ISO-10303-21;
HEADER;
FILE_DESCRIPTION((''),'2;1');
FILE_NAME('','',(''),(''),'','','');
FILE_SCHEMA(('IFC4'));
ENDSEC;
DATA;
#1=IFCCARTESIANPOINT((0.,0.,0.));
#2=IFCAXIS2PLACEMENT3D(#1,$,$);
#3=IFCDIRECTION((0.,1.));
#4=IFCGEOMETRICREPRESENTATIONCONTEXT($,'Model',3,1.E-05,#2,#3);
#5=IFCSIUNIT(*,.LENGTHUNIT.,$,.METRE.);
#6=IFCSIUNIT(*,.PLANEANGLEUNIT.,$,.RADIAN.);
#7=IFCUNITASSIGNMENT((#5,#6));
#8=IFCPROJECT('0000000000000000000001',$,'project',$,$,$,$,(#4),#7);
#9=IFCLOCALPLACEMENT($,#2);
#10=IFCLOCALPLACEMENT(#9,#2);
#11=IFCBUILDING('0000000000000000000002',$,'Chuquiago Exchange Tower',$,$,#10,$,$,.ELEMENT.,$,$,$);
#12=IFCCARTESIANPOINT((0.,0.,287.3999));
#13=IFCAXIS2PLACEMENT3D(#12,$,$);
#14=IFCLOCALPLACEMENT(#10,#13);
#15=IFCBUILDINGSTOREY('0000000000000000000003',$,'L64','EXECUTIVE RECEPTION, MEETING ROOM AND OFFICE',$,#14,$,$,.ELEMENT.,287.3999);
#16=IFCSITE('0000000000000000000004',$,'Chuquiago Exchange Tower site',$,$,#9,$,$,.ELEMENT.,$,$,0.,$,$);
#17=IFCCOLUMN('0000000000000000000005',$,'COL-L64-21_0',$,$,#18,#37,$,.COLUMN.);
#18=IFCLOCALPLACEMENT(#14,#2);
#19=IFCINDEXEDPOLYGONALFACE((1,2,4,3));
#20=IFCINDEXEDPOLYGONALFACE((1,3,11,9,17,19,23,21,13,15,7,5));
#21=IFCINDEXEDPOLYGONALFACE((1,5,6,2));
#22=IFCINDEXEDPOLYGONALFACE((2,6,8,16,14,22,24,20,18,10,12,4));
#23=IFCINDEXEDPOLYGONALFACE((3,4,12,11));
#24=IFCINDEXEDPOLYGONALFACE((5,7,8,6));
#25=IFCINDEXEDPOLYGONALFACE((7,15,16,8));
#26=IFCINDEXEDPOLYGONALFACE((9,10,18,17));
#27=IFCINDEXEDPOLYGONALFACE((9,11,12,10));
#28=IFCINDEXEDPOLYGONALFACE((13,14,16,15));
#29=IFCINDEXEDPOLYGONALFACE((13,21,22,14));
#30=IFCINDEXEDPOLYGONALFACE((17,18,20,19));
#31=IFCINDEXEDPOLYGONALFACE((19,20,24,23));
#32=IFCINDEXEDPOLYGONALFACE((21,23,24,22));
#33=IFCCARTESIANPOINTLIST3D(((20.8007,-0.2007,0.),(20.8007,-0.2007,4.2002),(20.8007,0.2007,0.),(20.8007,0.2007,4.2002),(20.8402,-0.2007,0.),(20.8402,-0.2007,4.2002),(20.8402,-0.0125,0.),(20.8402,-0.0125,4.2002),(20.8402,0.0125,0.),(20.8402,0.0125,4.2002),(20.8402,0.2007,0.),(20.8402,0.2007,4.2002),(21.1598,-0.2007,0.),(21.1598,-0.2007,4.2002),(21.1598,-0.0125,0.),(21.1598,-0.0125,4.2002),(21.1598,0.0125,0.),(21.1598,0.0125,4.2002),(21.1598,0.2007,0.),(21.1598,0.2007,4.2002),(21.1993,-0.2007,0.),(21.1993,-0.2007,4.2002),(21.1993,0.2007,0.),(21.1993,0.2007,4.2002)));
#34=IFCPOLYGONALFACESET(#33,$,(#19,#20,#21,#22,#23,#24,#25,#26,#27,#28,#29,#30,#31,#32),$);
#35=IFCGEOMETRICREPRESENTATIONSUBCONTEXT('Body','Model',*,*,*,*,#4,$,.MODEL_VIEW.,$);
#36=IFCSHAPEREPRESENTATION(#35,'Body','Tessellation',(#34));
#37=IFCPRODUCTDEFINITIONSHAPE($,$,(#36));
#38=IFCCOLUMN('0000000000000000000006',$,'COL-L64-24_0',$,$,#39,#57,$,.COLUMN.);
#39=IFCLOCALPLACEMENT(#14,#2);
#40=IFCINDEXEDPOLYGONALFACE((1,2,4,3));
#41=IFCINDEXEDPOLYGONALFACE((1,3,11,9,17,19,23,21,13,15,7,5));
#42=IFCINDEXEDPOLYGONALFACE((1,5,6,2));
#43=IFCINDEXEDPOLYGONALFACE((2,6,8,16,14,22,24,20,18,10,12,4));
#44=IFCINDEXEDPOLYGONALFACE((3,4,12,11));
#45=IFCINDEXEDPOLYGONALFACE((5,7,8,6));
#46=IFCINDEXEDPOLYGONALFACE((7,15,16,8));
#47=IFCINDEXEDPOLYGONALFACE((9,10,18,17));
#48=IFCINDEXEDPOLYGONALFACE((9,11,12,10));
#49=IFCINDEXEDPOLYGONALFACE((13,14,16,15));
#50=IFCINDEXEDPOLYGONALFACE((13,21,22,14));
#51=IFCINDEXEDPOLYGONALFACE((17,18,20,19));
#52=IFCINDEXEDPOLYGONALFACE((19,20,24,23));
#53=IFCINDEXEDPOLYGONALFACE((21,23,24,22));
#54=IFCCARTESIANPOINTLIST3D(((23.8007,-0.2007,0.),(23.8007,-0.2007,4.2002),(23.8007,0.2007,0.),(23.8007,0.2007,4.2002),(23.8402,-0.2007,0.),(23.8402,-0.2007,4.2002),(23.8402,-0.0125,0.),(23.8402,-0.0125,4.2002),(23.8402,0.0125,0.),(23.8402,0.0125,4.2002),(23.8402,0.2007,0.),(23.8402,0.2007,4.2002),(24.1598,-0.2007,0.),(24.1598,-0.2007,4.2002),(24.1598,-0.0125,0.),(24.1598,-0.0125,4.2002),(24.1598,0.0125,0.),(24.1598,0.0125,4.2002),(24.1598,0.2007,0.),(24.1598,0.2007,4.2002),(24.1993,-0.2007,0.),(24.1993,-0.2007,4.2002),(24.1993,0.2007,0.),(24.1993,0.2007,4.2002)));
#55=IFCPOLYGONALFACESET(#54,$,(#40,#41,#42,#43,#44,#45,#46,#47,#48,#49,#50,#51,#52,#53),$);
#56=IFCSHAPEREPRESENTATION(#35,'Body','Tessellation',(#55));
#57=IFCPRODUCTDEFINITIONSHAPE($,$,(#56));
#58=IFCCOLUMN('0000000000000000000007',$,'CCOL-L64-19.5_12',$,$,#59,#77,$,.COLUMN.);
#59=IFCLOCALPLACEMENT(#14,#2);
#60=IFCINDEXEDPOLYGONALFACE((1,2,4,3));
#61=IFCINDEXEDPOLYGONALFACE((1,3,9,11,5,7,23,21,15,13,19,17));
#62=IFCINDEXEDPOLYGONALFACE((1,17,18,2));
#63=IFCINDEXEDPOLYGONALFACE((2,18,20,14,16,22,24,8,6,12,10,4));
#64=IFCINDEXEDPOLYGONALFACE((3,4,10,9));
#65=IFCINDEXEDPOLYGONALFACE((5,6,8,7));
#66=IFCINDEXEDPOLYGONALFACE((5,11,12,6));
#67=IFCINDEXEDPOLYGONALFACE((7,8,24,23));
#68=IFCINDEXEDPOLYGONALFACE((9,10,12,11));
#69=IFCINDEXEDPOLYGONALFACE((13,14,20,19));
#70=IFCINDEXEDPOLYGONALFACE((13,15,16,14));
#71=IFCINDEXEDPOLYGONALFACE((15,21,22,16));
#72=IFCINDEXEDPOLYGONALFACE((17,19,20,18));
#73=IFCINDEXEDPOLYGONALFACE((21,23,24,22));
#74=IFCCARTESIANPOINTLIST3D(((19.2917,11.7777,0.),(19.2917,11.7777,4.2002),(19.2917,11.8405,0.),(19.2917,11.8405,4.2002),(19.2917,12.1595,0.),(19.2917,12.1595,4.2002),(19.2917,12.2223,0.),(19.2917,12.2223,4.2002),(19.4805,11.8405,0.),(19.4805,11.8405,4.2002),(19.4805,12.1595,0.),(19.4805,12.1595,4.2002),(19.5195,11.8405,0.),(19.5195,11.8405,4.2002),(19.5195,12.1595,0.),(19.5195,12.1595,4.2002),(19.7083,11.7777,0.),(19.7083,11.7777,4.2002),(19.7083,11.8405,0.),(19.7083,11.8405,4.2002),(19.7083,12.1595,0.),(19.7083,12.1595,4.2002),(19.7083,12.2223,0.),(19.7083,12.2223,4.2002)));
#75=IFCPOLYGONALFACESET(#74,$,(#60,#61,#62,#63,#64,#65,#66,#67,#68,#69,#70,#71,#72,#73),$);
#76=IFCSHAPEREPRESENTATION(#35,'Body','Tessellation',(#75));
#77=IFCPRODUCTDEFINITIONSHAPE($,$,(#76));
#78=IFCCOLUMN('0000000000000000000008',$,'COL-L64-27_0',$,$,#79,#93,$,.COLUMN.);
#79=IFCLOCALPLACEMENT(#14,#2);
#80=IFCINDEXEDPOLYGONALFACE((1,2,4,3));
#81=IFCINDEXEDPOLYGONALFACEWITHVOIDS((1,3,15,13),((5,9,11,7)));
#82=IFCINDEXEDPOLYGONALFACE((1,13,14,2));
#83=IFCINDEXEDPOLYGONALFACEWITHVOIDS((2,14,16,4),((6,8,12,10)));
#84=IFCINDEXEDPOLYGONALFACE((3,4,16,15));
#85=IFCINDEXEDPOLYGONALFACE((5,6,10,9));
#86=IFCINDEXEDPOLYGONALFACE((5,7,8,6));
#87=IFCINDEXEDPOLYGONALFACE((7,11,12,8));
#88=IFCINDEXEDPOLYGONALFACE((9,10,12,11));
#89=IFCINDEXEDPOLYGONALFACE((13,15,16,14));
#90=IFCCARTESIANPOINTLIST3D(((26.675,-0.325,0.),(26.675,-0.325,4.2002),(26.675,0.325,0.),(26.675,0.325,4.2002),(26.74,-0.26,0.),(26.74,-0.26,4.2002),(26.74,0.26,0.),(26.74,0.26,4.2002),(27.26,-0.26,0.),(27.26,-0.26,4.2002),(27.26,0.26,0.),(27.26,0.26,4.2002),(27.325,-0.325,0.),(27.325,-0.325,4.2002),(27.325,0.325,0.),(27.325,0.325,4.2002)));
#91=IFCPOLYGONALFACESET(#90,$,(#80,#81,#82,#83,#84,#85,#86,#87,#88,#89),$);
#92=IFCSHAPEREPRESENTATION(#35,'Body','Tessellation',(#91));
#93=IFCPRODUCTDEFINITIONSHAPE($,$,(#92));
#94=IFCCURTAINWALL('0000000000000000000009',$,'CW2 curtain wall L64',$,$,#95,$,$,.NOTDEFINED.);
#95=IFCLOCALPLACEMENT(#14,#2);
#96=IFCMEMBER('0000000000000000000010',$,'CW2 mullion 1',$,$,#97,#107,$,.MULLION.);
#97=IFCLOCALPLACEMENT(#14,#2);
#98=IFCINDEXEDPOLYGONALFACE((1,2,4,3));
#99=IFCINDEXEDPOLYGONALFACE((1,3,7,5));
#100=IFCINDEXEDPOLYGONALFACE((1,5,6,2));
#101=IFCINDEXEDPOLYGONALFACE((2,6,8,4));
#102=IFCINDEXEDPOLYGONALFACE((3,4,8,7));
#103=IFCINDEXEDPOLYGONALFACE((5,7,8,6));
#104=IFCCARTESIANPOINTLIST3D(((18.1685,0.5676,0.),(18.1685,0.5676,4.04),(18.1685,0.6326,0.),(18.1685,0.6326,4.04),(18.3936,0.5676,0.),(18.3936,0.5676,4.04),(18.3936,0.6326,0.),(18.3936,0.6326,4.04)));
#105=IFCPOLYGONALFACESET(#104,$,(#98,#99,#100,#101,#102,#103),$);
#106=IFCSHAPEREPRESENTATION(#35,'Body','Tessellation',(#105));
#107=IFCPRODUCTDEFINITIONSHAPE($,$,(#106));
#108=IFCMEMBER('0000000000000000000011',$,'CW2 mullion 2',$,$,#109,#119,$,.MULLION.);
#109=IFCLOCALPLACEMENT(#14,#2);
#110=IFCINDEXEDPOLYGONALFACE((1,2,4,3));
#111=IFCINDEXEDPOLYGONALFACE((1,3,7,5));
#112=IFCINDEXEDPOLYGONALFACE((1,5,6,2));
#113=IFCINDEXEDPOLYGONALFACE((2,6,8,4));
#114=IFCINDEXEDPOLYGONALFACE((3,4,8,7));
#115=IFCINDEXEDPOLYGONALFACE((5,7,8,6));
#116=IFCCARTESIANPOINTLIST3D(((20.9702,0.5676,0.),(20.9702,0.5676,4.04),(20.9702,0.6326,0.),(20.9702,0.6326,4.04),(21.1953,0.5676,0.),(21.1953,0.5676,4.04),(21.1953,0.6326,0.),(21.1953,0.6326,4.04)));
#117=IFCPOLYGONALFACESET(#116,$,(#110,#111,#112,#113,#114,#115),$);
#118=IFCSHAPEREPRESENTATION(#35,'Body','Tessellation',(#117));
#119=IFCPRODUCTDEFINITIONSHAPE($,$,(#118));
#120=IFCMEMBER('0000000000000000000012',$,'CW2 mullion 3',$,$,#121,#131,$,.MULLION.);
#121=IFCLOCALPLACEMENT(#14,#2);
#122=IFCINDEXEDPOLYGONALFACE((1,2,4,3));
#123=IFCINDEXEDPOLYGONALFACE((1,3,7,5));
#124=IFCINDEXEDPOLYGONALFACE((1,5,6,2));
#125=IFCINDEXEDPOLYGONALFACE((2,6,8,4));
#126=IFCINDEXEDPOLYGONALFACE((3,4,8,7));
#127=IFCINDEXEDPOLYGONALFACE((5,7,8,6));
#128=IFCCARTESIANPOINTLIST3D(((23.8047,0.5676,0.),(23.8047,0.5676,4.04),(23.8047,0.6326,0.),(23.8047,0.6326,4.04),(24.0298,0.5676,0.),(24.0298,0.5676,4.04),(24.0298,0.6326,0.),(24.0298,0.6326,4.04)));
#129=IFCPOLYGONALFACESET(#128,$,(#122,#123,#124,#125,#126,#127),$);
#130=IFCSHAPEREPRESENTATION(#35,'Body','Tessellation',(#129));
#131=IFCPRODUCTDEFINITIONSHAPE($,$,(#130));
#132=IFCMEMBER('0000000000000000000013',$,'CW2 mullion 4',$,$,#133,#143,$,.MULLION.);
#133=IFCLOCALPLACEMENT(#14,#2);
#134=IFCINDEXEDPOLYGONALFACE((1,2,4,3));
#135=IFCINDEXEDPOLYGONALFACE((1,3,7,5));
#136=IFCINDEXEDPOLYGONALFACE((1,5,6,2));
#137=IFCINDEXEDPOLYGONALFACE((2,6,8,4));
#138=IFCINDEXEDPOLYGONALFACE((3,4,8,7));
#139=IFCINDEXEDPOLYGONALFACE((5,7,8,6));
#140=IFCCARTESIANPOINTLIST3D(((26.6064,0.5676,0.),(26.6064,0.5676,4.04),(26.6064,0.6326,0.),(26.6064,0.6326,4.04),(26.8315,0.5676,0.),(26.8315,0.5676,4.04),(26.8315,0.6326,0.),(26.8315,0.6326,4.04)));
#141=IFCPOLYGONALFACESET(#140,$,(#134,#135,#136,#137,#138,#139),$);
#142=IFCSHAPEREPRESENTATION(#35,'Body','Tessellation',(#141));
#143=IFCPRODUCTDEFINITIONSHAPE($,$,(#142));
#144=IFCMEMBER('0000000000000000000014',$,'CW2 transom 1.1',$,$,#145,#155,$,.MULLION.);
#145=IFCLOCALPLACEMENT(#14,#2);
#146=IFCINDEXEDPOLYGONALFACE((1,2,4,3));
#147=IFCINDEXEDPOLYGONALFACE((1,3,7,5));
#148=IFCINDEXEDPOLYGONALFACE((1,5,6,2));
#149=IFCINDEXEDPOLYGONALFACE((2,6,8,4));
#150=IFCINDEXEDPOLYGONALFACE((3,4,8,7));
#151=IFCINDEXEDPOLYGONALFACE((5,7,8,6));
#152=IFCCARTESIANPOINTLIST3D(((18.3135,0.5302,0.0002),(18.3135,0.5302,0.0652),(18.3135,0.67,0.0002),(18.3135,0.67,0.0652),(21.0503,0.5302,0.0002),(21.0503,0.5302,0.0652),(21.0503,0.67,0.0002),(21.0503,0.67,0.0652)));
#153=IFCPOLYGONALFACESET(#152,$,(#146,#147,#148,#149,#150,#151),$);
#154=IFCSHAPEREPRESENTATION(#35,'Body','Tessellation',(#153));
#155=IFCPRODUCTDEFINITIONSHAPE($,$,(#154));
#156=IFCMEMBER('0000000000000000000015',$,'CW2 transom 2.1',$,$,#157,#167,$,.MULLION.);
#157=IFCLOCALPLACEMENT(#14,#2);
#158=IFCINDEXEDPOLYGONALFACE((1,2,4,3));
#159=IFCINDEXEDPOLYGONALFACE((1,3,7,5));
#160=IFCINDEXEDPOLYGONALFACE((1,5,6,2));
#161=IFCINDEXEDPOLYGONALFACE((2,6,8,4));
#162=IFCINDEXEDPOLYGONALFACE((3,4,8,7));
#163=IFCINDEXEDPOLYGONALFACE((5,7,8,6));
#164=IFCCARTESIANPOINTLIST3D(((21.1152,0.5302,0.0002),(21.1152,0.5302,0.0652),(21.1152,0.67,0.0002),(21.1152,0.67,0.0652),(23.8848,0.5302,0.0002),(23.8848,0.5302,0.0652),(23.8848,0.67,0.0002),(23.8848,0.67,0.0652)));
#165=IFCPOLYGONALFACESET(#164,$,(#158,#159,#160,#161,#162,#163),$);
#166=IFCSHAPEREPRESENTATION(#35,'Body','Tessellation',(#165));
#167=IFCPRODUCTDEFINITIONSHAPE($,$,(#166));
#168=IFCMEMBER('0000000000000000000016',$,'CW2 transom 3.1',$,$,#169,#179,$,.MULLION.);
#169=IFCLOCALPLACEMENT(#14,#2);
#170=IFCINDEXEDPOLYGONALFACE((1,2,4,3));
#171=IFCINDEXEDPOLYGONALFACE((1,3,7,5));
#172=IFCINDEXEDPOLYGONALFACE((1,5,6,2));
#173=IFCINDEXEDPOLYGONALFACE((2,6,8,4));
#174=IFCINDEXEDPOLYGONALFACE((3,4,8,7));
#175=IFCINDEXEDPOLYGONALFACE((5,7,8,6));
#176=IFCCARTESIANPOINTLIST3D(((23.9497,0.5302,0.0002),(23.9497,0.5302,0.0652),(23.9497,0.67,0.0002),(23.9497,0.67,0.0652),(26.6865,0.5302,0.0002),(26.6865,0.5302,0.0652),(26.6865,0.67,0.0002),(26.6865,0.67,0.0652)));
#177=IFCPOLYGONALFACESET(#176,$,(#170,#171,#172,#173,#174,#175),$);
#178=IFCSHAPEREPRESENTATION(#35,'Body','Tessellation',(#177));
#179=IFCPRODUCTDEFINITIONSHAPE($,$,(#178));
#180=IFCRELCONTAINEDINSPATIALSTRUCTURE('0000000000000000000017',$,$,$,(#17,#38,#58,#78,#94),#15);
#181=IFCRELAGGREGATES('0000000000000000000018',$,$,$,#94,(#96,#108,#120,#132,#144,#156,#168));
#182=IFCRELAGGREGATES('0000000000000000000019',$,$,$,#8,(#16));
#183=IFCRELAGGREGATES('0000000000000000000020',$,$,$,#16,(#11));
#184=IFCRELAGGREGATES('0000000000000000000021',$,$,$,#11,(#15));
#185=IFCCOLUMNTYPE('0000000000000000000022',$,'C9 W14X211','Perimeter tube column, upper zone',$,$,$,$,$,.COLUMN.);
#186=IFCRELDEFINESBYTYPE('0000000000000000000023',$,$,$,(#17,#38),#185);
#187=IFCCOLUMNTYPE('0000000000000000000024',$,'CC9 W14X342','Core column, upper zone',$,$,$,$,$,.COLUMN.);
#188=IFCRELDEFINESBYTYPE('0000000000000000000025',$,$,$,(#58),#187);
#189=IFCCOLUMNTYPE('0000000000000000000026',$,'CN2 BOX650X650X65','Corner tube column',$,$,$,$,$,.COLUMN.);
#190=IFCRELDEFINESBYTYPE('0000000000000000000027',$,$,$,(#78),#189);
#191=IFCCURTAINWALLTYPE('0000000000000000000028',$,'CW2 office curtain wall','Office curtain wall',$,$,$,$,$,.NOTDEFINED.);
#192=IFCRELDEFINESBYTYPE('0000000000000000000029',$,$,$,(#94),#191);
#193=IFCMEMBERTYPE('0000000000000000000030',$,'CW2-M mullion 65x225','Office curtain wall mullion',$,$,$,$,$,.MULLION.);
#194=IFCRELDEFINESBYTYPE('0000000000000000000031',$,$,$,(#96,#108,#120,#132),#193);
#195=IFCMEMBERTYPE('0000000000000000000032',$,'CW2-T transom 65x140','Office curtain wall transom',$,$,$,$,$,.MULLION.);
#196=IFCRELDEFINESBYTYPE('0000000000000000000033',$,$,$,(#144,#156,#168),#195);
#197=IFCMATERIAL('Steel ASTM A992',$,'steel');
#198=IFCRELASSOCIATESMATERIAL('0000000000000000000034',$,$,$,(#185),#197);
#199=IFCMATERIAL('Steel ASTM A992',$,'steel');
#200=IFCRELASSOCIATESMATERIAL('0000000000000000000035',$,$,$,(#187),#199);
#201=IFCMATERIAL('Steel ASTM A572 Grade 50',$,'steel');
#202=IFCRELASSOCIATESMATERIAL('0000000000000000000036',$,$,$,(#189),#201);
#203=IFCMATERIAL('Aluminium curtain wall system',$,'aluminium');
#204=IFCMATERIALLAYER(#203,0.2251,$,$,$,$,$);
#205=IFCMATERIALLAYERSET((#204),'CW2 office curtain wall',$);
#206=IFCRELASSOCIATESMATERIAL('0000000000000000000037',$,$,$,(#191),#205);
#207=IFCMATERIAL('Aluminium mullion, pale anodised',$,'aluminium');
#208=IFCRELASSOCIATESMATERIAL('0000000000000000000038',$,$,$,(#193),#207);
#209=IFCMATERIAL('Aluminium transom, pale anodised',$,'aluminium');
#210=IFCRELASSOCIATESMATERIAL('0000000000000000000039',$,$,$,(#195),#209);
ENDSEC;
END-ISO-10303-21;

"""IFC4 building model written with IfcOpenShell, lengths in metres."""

from ifc_helpers import new_model, si_unit, direction, frame, origin, origin_2d, place, context, subcontext, project, spatial, rectangle, hollow_rectangle, i_section, extrude, material, layer, layer_set, material_profile, profile_set, type_object, element, aggregate, save


model = new_model("IFC4")

# Units and contexts
model_context = context("Model", 3, precision=1e-05, world=origin(), true_north=direction((0.0, 1.0)))
body_context = subcontext(model_context, "Body", "Model", "MODEL_VIEW")
ifc_project = project(units=[si_unit("LENGTHUNIT", "METRE"), si_unit("PLANEANGLEUNIT", "RADIAN")], contexts=[model_context])

# Site, building, storey
site_placement = place(None, origin())
site = spatial("IfcSite", under=ifc_project, at=site_placement, Name="Chuquiago Exchange Tower site", CompositionType="ELEMENT", RefElevation=0.0)
building_placement = place(site_placement, origin())
building = spatial("IfcBuilding", under=site, at=building_placement, Name="Chuquiago Exchange Tower", CompositionType="ELEMENT")
storey_placement = place(building_placement, frame((0.0, 0.0, 287.3999)))
storey = spatial("IfcBuildingStorey", under=building, at=storey_placement, Name="L64", Description="EXECUTIVE RECEPTION, MEETING ROOM AND OFFICE", CompositionType="ELEMENT", Elevation=287.3999)

# Columns
ifc_material_1 = material(Name="Steel ASTM A992", Category="steel")
ifc_material_profile_1 = material_profile(ifc_material_1, i_section(OverallWidth=0.4014, OverallDepth=0.3987, WebThickness=0.0249, FlangeThickness=0.0396, at=origin_2d()), Name="W14X211")
ifc_profile_set_1 = profile_set([ifc_material_profile_1], Name="Steel ASTM A992")
column_type_1 = type_object("IfcColumnType", Name="C9 W14X211", Description="Perimeter tube column, upper zone", PredefinedType="COLUMN", material=ifc_profile_set_1)
for number, where, z_axis, x_axis, name in (
    (1, (21.0, 0.0, 0.0), (0.0, 0.0, 1.0), (0.0, -1.0, 0.0), "COL-L64-21_0"),
    (2, (24.0, 0.0, 0.0), (0.0, 0.0, 1.0), (0.0, -1.0, 0.0), "COL-L64-24_0"),
):
    element("IfcColumn", number, at=place(storey_placement, frame(where, z_axis=z_axis, x_axis=x_axis)), inside=storey, type_object=column_type_1, Name=name, PredefinedType="COLUMN", context=body_context, shape_type="SweptSolid", body=[
        extrude(i_section(OverallWidth=0.4014, OverallDepth=0.3987, WebThickness=0.0249, FlangeThickness=0.0396, at=origin_2d()), origin(), (0.0, 0.0, 1.0), 4.2002),
    ])
ifc_material_2 = material(Name="Steel ASTM A992", Category="steel")
ifc_material_profile_2 = material_profile(ifc_material_2, i_section(OverallWidth=0.4165, OverallDepth=0.4446, WebThickness=0.0391, FlangeThickness=0.0627, at=origin_2d()), Name="W14X342")
ifc_profile_set_2 = profile_set([ifc_material_profile_2], Name="Steel ASTM A992")
column_type_2 = type_object("IfcColumnType", Name="CC9 W14X342", Description="Core column, upper zone", PredefinedType="COLUMN", material=ifc_profile_set_2)
column_1_placement = place(storey_placement, frame((19.5, 12.0, 0.0), z_axis=(0.0, 0.0, 1.0), x_axis=(1.0, 0.0, 0.0)))
element("IfcColumn", 3, at=column_1_placement, inside=storey, type_object=column_type_2, Name="CCOL-L64-19.5_12", PredefinedType="COLUMN", context=body_context, shape_type="SweptSolid", body=[
    extrude(i_section(OverallWidth=0.4165, OverallDepth=0.4446, WebThickness=0.0391, FlangeThickness=0.0627, at=origin_2d()), origin(), (0.0, 0.0, 1.0), 4.2002),
])
ifc_material_3 = material(Name="Steel ASTM A572 Grade 50", Category="steel")
ifc_material_profile_3 = material_profile(ifc_material_3, hollow_rectangle(XDim=0.6499, YDim=0.6499, WallThickness=0.0649, at=origin_2d()), Name="BOX650X650X65")
ifc_profile_set_3 = profile_set([ifc_material_profile_3], Name="Steel ASTM A572 Grade 50")
column_type_3 = type_object("IfcColumnType", Name="CN2 BOX650X650X65", Description="Corner tube column", PredefinedType="COLUMN", material=ifc_profile_set_3)
column_2_placement = place(storey_placement, frame((27.0, 0.0, 0.0), z_axis=(0.0, 0.0, 1.0), x_axis=(0.0, -1.0, 0.0)))
element("IfcColumn", 4, at=column_2_placement, inside=storey, type_object=column_type_3, Name="COL-L64-27_0", PredefinedType="COLUMN", context=body_context, shape_type="SweptSolid", body=[
    extrude(hollow_rectangle(XDim=0.6499, YDim=0.6499, WallThickness=0.0649, at=origin_2d()), origin(), (0.0, 0.0, 1.0), 4.2002),
])

# Curtain wall, members
ifc_material_4 = material(Name="Aluminium curtain wall system", Category="aluminium")
ifc_layer_1 = layer(ifc_material_4, 0.2251)
ifc_layer_set_1 = layer_set([ifc_layer_1], Name="CW2 office curtain wall")
curtain_wall_type_1 = type_object("IfcCurtainWallType", Name="CW2 office curtain wall", Description="Office curtain wall", PredefinedType="NOTDEFINED", material=ifc_layer_set_1)
curtain_wall_1_placement = place(storey_placement, origin())
curtain_wall_1 = element("IfcCurtainWall", 5, at=curtain_wall_1_placement, inside=storey, type_object=curtain_wall_type_1, Name="CW2 curtain wall L64", PredefinedType="NOTDEFINED")
ifc_material_5 = material(Name="Aluminium mullion, pale anodised", Category="aluminium")
ifc_material_profile_4 = material_profile(ifc_material_5, rectangle(XDim=0.0649, YDim=0.2251, at=origin_2d()), Name="AL 65x225")
ifc_profile_set_4 = profile_set([ifc_material_profile_4], Name="Aluminium mullion, pale anodised")
member_type_1 = type_object("IfcMemberType", Name="CW2-M mullion 65x225", Description="Office curtain wall mullion", PredefinedType="MULLION", material=ifc_profile_set_4)
member_1_placement = place(storey_placement, frame((18.281, 0.6001, 0.0), z_axis=(0.0, 0.0, 1.0), x_axis=(0.0, 1.0, 0.0)))
member_1 = element("IfcMember", 6, at=member_1_placement, type_object=member_type_1, Name="CW2 mullion 1", PredefinedType="MULLION", context=body_context, shape_type="SweptSolid", body=[
    extrude(rectangle(XDim=0.0649, YDim=0.2251, at=origin_2d()), origin(), (0.0, 0.0, 1.0), 4.04),
])
member_2_placement = place(storey_placement, frame((21.0828, 0.6001, 0.0), z_axis=(0.0, 0.0, 1.0), x_axis=(0.0, 1.0, 0.0)))
member_2 = element("IfcMember", 7, at=member_2_placement, type_object=member_type_1, Name="CW2 mullion 2", PredefinedType="MULLION", context=body_context, shape_type="SweptSolid", body=[
    extrude(rectangle(XDim=0.0649, YDim=0.2251, at=origin_2d()), origin(), (0.0, 0.0, 1.0), 4.04),
])
member_3_placement = place(storey_placement, frame((23.9172, 0.6001, 0.0), z_axis=(0.0, 0.0, 1.0), x_axis=(0.0, 1.0, 0.0)))
member_3 = element("IfcMember", 8, at=member_3_placement, type_object=member_type_1, Name="CW2 mullion 3", PredefinedType="MULLION", context=body_context, shape_type="SweptSolid", body=[
    extrude(rectangle(XDim=0.0649, YDim=0.2251, at=origin_2d()), origin(), (0.0, 0.0, 1.0), 4.04),
])
member_4_placement = place(storey_placement, frame((26.719, 0.6001, 0.0), z_axis=(0.0, 0.0, 1.0), x_axis=(0.0, 1.0, 0.0)))
member_4 = element("IfcMember", 9, at=member_4_placement, type_object=member_type_1, Name="CW2 mullion 4", PredefinedType="MULLION", context=body_context, shape_type="SweptSolid", body=[
    extrude(rectangle(XDim=0.0649, YDim=0.2251, at=origin_2d()), origin(), (0.0, 0.0, 1.0), 4.04),
])
ifc_material_6 = material(Name="Aluminium transom, pale anodised", Category="aluminium")
ifc_material_profile_5 = material_profile(ifc_material_6, rectangle(XDim=0.1399, YDim=0.0649, at=origin_2d()), Name="AL 140x65")
ifc_profile_set_5 = profile_set([ifc_material_profile_5], Name="Aluminium transom, pale anodised")
member_type_2 = type_object("IfcMemberType", Name="CW2-T transom 65x140", Description="Office curtain wall transom", PredefinedType="MULLION", material=ifc_profile_set_5)
member_5_placement = place(storey_placement, frame((18.3135, 0.6001, 0.0327), z_axis=(1.0, 0.0, 0.0), x_axis=(0.0, 1.0, 0.0)))
member_5 = element("IfcMember", 10, at=member_5_placement, type_object=member_type_2, Name="CW2 transom 1.1", PredefinedType="MULLION", context=body_context, shape_type="SweptSolid", body=[
    extrude(rectangle(XDim=0.1399, YDim=0.0649, at=origin_2d()), origin(), (0.0, 0.0, 1.0), 2.7368),
])
member_6_placement = place(storey_placement, frame((21.1152, 0.6001, 0.0327), z_axis=(1.0, 0.0, 0.0), x_axis=(0.0, 1.0, 0.0)))
member_6 = element("IfcMember", 11, at=member_6_placement, type_object=member_type_2, Name="CW2 transom 2.1", PredefinedType="MULLION", context=body_context, shape_type="SweptSolid", body=[
    extrude(rectangle(XDim=0.1399, YDim=0.0649, at=origin_2d()), origin(), (0.0, 0.0, 1.0), 2.7695),
])
member_7_placement = place(storey_placement, frame((23.9497, 0.6001, 0.0327), z_axis=(1.0, 0.0, 0.0), x_axis=(0.0, 1.0, 0.0)))
member_7 = element("IfcMember", 12, at=member_7_placement, type_object=member_type_2, Name="CW2 transom 3.1", PredefinedType="MULLION", context=body_context, shape_type="SweptSolid", body=[
    extrude(rectangle(XDim=0.1399, YDim=0.0649, at=origin_2d()), origin(), (0.0, 0.0, 1.0), 2.7368),
])

aggregate(curtain_wall_1, [member_1, member_2, member_3, member_4, member_5, member_6, member_7])

save(model, "model.ifc")
